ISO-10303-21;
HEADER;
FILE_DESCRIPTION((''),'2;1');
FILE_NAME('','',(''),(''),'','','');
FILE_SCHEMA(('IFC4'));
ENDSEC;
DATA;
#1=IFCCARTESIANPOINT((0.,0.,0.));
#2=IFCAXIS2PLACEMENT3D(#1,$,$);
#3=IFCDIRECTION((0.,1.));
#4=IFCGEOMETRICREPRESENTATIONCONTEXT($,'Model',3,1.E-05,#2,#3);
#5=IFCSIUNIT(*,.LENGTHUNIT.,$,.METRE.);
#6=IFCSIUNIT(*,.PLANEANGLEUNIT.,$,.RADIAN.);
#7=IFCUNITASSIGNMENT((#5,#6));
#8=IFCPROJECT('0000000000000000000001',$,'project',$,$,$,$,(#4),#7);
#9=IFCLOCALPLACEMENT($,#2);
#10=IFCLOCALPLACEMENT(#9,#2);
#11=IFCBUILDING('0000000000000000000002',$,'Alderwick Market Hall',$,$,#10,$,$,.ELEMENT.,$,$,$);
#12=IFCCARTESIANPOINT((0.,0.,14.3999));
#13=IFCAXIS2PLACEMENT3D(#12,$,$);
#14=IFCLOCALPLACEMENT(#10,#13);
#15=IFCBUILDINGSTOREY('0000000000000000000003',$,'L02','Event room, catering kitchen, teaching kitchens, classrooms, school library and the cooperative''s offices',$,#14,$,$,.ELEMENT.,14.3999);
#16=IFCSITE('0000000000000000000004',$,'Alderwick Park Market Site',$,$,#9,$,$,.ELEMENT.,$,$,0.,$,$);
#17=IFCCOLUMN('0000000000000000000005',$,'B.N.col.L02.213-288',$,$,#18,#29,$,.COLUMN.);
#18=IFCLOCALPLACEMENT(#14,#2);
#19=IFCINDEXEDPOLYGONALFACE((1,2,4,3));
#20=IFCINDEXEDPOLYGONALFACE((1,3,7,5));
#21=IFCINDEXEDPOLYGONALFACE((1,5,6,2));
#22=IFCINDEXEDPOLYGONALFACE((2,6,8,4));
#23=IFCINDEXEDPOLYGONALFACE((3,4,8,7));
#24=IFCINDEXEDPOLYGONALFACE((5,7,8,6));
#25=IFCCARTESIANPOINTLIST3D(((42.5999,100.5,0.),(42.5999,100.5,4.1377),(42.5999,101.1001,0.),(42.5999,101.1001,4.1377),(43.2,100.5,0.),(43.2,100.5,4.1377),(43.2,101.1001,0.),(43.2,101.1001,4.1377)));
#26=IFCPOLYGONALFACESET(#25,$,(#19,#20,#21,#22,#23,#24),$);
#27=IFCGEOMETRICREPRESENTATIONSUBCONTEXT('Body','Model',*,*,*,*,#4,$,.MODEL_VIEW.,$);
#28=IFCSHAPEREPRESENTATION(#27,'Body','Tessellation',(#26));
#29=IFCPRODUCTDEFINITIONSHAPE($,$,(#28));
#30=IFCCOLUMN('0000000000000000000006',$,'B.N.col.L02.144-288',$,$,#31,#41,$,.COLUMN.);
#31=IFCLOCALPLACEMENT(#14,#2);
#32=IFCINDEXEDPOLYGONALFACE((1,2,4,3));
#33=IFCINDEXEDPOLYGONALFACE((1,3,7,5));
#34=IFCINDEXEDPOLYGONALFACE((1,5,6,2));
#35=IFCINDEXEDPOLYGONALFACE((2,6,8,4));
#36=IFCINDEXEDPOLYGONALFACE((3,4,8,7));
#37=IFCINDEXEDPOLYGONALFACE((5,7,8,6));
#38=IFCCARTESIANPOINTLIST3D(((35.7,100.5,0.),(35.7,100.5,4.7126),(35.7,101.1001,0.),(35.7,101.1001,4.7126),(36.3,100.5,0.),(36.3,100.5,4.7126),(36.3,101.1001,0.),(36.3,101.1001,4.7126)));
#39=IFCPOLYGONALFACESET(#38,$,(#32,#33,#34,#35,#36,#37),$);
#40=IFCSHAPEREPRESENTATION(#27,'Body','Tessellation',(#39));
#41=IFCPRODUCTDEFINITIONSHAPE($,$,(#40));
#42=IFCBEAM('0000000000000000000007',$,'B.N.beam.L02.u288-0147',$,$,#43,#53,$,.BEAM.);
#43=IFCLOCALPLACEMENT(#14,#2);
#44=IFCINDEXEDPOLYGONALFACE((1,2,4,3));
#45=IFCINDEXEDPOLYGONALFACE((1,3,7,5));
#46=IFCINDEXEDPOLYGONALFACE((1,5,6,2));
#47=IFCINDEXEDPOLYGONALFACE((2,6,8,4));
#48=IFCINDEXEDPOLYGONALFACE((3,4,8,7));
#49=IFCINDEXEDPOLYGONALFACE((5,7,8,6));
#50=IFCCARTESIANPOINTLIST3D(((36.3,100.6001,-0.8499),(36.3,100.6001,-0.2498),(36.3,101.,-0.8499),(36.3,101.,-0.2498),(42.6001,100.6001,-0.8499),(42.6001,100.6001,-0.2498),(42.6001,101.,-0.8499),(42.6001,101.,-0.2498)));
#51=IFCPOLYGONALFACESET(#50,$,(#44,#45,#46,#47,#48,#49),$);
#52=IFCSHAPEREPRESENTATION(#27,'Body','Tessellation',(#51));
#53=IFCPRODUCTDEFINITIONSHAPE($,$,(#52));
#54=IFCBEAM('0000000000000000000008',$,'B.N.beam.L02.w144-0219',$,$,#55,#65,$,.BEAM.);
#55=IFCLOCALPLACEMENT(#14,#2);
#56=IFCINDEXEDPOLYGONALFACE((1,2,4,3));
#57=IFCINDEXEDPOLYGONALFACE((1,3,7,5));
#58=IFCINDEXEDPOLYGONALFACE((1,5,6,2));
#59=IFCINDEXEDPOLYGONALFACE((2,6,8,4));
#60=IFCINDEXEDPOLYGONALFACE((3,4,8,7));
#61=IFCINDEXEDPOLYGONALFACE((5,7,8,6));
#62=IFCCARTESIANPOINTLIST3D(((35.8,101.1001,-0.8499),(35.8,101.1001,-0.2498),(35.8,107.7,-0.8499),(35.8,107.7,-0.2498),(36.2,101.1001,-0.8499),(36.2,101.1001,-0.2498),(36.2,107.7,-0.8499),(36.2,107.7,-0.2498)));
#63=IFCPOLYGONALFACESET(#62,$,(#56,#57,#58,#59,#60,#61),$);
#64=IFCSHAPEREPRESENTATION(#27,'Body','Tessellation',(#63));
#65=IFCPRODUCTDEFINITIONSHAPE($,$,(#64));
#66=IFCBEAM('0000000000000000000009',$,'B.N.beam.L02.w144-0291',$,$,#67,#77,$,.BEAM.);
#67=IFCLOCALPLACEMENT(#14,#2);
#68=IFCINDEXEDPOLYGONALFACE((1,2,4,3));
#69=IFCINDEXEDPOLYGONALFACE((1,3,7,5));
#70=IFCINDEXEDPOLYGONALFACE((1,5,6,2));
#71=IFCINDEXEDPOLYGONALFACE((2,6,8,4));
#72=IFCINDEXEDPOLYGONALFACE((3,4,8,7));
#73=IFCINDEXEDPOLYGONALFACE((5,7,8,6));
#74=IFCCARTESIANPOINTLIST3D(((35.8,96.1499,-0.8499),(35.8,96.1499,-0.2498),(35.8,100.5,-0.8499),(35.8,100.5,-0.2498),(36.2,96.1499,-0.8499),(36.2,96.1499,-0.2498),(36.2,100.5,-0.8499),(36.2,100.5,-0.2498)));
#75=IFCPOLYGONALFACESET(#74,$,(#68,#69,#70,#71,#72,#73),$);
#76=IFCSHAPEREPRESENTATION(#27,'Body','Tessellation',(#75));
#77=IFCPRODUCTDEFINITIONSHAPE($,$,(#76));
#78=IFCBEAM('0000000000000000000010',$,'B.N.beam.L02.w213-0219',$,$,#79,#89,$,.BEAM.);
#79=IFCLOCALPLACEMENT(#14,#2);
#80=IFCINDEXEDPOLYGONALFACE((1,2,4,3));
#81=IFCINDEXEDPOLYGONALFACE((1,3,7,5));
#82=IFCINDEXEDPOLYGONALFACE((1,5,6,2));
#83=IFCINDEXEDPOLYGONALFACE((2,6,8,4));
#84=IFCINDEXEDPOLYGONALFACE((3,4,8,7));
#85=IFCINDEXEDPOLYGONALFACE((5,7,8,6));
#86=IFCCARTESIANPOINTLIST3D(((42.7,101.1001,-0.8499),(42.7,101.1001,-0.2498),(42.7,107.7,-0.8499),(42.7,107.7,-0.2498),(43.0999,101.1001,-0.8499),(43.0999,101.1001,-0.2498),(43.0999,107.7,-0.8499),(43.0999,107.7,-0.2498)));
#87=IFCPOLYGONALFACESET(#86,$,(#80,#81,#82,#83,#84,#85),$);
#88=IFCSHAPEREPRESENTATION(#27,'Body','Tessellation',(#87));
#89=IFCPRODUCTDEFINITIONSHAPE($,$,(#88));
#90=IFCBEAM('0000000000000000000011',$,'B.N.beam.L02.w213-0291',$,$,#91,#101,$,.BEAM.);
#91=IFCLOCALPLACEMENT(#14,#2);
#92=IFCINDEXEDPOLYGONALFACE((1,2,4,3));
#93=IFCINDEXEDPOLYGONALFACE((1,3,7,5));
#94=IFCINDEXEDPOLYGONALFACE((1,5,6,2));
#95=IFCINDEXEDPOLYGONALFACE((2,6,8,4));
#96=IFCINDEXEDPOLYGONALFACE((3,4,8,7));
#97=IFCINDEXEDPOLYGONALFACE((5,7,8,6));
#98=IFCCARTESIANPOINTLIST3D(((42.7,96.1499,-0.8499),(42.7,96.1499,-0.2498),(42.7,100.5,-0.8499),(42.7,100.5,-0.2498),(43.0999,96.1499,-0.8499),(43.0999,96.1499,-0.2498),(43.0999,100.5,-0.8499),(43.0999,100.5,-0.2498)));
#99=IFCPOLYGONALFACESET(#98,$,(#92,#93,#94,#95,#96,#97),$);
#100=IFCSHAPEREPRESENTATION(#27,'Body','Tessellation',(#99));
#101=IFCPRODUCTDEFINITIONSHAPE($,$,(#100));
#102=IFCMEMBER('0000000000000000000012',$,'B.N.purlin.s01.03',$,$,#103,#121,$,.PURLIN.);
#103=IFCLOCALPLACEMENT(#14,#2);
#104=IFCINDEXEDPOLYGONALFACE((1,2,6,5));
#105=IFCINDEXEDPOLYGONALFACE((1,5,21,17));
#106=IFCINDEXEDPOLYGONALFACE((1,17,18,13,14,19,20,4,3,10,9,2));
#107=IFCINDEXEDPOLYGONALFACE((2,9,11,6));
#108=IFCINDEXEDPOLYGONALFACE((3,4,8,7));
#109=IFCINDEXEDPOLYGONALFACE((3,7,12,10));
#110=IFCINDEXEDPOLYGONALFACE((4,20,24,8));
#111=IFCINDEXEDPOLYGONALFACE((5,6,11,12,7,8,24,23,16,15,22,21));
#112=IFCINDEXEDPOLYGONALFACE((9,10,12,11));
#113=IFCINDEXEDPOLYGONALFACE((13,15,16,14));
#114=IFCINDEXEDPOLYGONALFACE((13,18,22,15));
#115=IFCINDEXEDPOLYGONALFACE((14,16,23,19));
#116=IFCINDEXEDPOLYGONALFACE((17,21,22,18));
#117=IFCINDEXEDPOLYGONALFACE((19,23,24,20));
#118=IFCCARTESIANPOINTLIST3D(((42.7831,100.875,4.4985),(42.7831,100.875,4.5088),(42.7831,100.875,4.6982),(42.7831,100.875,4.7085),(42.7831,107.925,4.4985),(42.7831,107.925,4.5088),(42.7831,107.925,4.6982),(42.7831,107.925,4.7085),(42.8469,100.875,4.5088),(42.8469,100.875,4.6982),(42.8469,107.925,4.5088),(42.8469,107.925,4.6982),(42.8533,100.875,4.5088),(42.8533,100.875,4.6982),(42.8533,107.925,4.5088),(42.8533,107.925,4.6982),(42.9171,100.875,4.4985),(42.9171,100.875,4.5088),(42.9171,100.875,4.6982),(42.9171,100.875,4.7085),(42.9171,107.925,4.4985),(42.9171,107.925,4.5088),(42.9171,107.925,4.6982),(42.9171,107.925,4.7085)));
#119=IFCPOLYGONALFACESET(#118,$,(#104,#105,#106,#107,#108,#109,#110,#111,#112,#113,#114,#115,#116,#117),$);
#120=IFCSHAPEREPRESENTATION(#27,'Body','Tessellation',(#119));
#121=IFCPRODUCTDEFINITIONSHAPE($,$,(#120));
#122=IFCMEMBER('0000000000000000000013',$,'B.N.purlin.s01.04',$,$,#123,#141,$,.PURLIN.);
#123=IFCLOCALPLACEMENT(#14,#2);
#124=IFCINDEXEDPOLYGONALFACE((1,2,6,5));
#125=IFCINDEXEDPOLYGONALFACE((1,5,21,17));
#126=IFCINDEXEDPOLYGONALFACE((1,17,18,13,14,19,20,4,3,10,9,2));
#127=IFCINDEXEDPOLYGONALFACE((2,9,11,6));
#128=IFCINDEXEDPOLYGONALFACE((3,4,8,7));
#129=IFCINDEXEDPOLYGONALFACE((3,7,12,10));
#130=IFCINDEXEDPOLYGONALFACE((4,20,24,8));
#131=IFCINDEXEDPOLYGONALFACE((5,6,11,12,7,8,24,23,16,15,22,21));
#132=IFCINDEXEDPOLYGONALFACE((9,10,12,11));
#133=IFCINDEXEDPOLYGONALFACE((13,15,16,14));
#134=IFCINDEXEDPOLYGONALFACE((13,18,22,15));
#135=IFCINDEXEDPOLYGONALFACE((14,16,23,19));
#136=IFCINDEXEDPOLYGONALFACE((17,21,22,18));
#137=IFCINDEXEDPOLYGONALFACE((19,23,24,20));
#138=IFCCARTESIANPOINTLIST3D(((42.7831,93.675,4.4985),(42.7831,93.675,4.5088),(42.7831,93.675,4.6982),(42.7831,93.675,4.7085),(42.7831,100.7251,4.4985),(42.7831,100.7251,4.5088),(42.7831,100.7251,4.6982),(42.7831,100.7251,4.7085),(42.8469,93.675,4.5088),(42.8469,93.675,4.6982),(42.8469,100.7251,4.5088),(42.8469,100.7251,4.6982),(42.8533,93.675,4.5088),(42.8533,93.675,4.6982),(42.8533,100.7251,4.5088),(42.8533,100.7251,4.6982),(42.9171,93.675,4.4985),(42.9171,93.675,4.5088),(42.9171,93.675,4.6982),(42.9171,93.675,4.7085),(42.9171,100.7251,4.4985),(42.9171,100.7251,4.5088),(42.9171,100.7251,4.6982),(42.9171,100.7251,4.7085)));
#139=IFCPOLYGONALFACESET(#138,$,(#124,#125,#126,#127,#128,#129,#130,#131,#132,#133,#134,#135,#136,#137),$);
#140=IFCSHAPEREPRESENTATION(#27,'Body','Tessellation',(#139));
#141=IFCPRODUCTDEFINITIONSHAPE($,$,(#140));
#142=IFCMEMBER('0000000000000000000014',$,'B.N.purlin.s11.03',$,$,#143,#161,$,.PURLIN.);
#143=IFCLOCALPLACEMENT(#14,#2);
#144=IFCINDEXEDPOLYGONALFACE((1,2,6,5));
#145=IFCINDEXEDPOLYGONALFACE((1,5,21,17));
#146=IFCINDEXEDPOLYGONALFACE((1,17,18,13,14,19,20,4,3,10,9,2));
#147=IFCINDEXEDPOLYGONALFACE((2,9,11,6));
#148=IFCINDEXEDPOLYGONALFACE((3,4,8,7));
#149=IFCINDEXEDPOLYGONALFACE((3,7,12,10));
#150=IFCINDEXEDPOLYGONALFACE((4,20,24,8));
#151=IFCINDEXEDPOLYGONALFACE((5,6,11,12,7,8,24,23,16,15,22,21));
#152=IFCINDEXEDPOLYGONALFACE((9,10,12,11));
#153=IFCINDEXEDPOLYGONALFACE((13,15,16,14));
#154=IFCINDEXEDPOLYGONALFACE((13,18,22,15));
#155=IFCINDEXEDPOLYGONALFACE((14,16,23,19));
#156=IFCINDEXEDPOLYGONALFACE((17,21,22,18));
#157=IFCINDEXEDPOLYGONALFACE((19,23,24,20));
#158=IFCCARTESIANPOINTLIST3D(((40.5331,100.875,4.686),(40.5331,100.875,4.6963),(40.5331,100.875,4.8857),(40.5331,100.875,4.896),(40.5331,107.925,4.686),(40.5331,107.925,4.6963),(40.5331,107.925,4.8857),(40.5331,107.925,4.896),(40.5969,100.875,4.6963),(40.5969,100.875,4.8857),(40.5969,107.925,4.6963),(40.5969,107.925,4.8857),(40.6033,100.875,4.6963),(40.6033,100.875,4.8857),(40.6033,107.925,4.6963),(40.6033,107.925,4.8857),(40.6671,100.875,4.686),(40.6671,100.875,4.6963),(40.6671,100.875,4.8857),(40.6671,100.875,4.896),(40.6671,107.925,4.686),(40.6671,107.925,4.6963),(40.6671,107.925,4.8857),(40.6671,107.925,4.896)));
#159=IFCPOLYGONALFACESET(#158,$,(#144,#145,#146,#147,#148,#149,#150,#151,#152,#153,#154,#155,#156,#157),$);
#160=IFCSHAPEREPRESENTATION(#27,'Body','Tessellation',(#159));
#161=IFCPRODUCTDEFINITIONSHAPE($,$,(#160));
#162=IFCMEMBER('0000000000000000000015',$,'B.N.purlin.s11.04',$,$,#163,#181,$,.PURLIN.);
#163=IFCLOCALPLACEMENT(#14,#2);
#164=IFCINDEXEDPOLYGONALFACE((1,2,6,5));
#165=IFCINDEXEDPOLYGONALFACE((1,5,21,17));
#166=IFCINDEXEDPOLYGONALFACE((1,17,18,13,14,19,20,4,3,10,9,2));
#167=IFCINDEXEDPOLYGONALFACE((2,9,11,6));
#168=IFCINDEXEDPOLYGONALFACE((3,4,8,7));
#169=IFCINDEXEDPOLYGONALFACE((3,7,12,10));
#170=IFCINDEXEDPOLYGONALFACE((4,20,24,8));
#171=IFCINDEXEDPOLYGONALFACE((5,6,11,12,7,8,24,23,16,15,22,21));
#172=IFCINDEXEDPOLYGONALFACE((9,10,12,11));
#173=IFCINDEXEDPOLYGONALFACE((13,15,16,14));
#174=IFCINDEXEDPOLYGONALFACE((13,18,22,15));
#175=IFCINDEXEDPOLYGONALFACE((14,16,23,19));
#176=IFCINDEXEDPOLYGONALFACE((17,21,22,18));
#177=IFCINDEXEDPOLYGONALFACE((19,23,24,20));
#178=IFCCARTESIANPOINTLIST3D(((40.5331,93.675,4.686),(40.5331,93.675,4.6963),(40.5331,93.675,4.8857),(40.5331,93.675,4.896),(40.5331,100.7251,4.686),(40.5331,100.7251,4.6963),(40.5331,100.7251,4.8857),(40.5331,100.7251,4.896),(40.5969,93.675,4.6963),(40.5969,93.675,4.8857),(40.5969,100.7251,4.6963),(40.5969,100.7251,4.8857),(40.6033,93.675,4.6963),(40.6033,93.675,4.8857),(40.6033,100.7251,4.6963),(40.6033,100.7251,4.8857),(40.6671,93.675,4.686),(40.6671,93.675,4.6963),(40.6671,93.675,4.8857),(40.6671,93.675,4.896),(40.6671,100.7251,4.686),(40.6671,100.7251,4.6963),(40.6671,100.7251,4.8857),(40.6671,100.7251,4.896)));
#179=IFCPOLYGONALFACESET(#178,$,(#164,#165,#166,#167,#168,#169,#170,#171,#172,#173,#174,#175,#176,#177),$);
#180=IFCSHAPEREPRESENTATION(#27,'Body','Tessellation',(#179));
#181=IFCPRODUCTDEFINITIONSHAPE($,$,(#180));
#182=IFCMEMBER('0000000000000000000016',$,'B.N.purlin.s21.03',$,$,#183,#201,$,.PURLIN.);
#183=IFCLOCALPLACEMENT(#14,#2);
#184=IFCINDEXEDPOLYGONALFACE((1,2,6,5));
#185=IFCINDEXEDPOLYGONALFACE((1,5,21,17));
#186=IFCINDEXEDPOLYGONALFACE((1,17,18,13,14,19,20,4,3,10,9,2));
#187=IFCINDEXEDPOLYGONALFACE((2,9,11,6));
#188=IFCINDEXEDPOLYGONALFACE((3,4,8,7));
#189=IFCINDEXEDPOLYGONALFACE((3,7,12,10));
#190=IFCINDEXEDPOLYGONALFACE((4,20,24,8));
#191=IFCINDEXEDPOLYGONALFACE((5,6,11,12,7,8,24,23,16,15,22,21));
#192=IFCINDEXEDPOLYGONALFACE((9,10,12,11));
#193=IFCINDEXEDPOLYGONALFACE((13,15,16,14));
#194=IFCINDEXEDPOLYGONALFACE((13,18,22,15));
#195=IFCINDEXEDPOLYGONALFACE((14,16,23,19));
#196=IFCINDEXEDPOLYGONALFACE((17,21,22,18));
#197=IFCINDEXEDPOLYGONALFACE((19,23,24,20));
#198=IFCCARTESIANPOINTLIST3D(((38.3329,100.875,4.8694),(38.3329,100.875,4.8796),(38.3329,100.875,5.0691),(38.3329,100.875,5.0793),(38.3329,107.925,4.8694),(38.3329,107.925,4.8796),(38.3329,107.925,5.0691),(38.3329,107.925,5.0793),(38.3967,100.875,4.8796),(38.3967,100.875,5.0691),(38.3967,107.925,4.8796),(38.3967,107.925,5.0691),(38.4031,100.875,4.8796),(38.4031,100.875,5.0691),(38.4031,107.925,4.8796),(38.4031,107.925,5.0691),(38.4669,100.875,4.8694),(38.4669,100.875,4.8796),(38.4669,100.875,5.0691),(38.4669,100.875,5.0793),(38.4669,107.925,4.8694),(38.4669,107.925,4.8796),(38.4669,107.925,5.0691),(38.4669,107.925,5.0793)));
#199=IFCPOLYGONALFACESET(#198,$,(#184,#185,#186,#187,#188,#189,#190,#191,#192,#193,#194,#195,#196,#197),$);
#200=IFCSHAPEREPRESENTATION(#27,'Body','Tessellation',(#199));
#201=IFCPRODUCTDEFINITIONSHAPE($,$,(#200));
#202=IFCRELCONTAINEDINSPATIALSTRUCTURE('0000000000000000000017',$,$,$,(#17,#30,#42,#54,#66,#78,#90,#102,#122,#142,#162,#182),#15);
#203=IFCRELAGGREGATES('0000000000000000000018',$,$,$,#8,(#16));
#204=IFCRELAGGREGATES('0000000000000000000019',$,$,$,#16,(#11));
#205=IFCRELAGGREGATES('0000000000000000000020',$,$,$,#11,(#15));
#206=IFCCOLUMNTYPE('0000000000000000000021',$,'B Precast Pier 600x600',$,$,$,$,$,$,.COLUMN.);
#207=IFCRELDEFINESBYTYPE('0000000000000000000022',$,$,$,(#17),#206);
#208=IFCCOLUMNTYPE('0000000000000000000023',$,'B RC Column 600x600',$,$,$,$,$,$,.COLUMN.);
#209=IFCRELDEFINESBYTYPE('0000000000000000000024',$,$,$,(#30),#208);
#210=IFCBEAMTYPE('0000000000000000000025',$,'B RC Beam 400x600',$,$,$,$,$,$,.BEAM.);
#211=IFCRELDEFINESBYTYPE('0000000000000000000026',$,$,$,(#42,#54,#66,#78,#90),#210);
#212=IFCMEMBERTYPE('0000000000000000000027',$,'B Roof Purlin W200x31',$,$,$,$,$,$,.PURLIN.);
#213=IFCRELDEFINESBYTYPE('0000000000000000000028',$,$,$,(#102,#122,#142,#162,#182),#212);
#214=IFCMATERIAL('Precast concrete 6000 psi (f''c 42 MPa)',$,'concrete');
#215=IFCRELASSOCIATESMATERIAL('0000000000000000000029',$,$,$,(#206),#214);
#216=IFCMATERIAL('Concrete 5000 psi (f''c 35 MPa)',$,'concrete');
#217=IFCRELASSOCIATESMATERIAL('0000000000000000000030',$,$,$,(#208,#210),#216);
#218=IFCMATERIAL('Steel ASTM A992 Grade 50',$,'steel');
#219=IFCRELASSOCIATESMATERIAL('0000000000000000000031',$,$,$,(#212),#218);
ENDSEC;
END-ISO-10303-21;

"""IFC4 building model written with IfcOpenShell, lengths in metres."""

from ifc_helpers import new_model, si_unit, direction, frame, origin, origin_2d, place, context, subcontext, project, spatial, rectangle, i_section, extrude, material, material_profile, profile_set, type_object, element, save


model = new_model("IFC4")

# Units and contexts
model_context = context("Model", 3, precision=1e-05, world=origin(), true_north=direction((0.0, 1.0)))
body_context = subcontext(model_context, "Body", "Model", "MODEL_VIEW")
ifc_project = project(units=[si_unit("LENGTHUNIT", "METRE"), si_unit("PLANEANGLEUNIT", "RADIAN")], contexts=[model_context])

# Site, building, storey
site_placement = place(None, origin())
site = spatial("IfcSite", under=ifc_project, at=site_placement, Name="Alderwick Park Market Site", CompositionType="ELEMENT", RefElevation=0.0)
building_placement = place(site_placement, origin())
building = spatial("IfcBuilding", under=site, at=building_placement, Name="Alderwick Market Hall", CompositionType="ELEMENT")
storey_placement = place(building_placement, frame((0.0, 0.0, 14.3999)))
storey = spatial("IfcBuildingStorey", under=building, at=storey_placement, Name="L02", Description="Event room, catering kitchen, teaching kitchens, classrooms, school library and the cooperative's offices", CompositionType="ELEMENT", Elevation=14.3999)

# Columns
ifc_material_1 = material(Name="Precast concrete 6000 psi (f'c 42 MPa)", Category="concrete")
ifc_material_profile_1 = material_profile(ifc_material_1, rectangle(XDim=0.6001, YDim=0.6001, at=origin_2d()), Name="B Precast Pier 600x600")
ifc_profile_set_1 = profile_set([ifc_material_profile_1], Name="Precast concrete 6000 psi (f'c 42 MPa)")
column_type_1 = type_object("IfcColumnType", Name="B Precast Pier 600x600", PredefinedType="COLUMN", material=ifc_profile_set_1)
column_1_placement = place(storey_placement, frame((42.8999, 100.8, 0.0), z_axis=(0.0, 0.0, 1.0), x_axis=(1.0, 0.0, 0.0)))
element("IfcColumn", 1, at=column_1_placement, inside=storey, type_object=column_type_1, Name="B.N.col.L02.213-288", PredefinedType="COLUMN", context=body_context, shape_type="SweptSolid", body=[
    extrude(rectangle(XDim=0.6001, YDim=0.6001, at=origin_2d()), origin(), (0.0, 0.0, 1.0), 4.1377),
])
ifc_material_2 = material(Name="Concrete 5000 psi (f'c 35 MPa)", Category="concrete")
ifc_material_profile_2 = material_profile(ifc_material_2, rectangle(XDim=0.6001, YDim=0.6001, at=origin_2d()), Name="B RC Column 600x600")
ifc_profile_set_2 = profile_set([ifc_material_profile_2], Name="Concrete 5000 psi (f'c 35 MPa)")
column_type_2 = type_object("IfcColumnType", Name="B RC Column 600x600", PredefinedType="COLUMN", material=ifc_profile_set_2)
column_2_placement = place(storey_placement, frame((36.0, 100.8, 0.0), z_axis=(0.0, 0.0, 1.0), x_axis=(1.0, 0.0, 0.0)))
element("IfcColumn", 2, at=column_2_placement, inside=storey, type_object=column_type_2, Name="B.N.col.L02.144-288", PredefinedType="COLUMN", context=body_context, shape_type="SweptSolid", body=[
    extrude(rectangle(XDim=0.6001, YDim=0.6001, at=origin_2d()), origin(), (0.0, 0.0, 1.0), 4.7126),
])

# Beams
ifc_material_profile_3 = material_profile(ifc_material_2, rectangle(XDim=0.3999, YDim=0.6001, at=origin_2d()), Name="B RC Beam 400x600")
ifc_profile_set_3 = profile_set([ifc_material_profile_3], Name="Concrete 5000 psi (f'c 35 MPa)")
beam_type_1 = type_object("IfcBeamType", Name="B RC Beam 400x600", PredefinedType="BEAM", material=ifc_profile_set_3)
beam_1_placement = place(storey_placement, frame((36.3, 100.8, -0.5498), z_axis=(1.0, 0.0, 0.0), x_axis=(0.0, 1.0, 0.0)))
element("IfcBeam", 3, at=beam_1_placement, inside=storey, type_object=beam_type_1, Name="B.N.beam.L02.u288-0147", PredefinedType="BEAM", context=body_context, shape_type="SweptSolid", body=[
    extrude(rectangle(XDim=0.3999, YDim=0.6001, at=origin_2d()), origin(), (0.0, 0.0, 1.0), 6.3),
])
beam_2_placement = place(storey_placement, frame((36.0, 107.7, -0.5498), z_axis=(0.0, -1.0, 0.0), x_axis=(1.0, 0.0, 0.0)))
element("IfcBeam", 4, at=beam_2_placement, inside=storey, type_object=beam_type_1, Name="B.N.beam.L02.w144-0219", PredefinedType="BEAM", context=body_context, shape_type="SweptSolid", body=[
    extrude(rectangle(XDim=0.3999, YDim=0.6001, at=origin_2d()), origin(), (0.0, 0.0, 1.0), 6.5999),
])
beam_3_placement = place(storey_placement, frame((36.0, 100.5, -0.5498), z_axis=(0.0, -1.0, 0.0), x_axis=(1.0, 0.0, 0.0)))
element("IfcBeam", 5, at=beam_3_placement, inside=storey, type_object=beam_type_1, Name="B.N.beam.L02.w144-0291", PredefinedType="BEAM", context=body_context, shape_type="SweptSolid", body=[
    extrude(rectangle(XDim=0.3999, YDim=0.6001, at=origin_2d()), origin(), (0.0, 0.0, 1.0), 4.3501),
])
beam_4_placement = place(storey_placement, frame((42.8999, 107.7, -0.5498), z_axis=(0.0, -1.0, 0.0), x_axis=(1.0, 0.0, 0.0)))
element("IfcBeam", 6, at=beam_4_placement, inside=storey, type_object=beam_type_1, Name="B.N.beam.L02.w213-0219", PredefinedType="BEAM", context=body_context, shape_type="SweptSolid", body=[
    extrude(rectangle(XDim=0.3999, YDim=0.6001, at=origin_2d()), origin(), (0.0, 0.0, 1.0), 6.5999),
])
beam_5_placement = place(storey_placement, frame((42.8999, 100.5, -0.5498), z_axis=(0.0, -1.0, 0.0), x_axis=(1.0, 0.0, 0.0)))
element("IfcBeam", 7, at=beam_5_placement, inside=storey, type_object=beam_type_1, Name="B.N.beam.L02.w213-0291", PredefinedType="BEAM", context=body_context, shape_type="SweptSolid", body=[
    extrude(rectangle(XDim=0.3999, YDim=0.6001, at=origin_2d()), origin(), (0.0, 0.0, 1.0), 4.3501),
])

# Members
ifc_material_3 = material(Name="Steel ASTM A992 Grade 50", Category="steel")
ifc_material_profile_4 = material_profile(ifc_material_3, i_section(OverallWidth=0.134, OverallDepth=0.21, WebThickness=0.0063, FlangeThickness=0.0103, at=origin_2d()), Name="W200x31")
ifc_profile_set_4 = profile_set([ifc_material_profile_4], Name="Steel ASTM A992 Grade 50")
member_type = type_object("IfcMemberType", Name="B Roof Purlin W200x31", PredefinedType="PURLIN", material=ifc_profile_set_4)
for number, where, z_axis, x_axis, name in (
    (8, (42.8501, 107.925, 4.6035), (0.0, -1.0, 0.0), (1.0, 0.0, 0.0), "B.N.purlin.s01.03"),
    (9, (42.8501, 100.7251, 4.6035), (0.0, -1.0, 0.0), (1.0, 0.0, 0.0), "B.N.purlin.s01.04"),
    (10, (40.6001, 107.925, 4.791), (0.0, -1.0, 0.0), (1.0, 0.0, 0.0), "B.N.purlin.s11.03"),
    (11, (40.6001, 100.7251, 4.791), (0.0, -1.0, 0.0), (1.0, 0.0, 0.0), "B.N.purlin.s11.04"),
    (12, (38.3999, 107.925, 4.9744), (0.0, -1.0, 0.0), (1.0, 0.0, 0.0), "B.N.purlin.s21.03"),
):
    element("IfcMember", number, at=place(storey_placement, frame(where, z_axis=z_axis, x_axis=x_axis)), inside=storey, type_object=member_type, Name=name, PredefinedType="PURLIN", context=body_context, shape_type="SweptSolid", body=[
        extrude(i_section(OverallWidth=0.134, OverallDepth=0.21, WebThickness=0.0063, FlangeThickness=0.0103, at=origin_2d()), origin(), (0.0, 0.0, 1.0), 7.05),
    ])

save(model, "model.ifc")
